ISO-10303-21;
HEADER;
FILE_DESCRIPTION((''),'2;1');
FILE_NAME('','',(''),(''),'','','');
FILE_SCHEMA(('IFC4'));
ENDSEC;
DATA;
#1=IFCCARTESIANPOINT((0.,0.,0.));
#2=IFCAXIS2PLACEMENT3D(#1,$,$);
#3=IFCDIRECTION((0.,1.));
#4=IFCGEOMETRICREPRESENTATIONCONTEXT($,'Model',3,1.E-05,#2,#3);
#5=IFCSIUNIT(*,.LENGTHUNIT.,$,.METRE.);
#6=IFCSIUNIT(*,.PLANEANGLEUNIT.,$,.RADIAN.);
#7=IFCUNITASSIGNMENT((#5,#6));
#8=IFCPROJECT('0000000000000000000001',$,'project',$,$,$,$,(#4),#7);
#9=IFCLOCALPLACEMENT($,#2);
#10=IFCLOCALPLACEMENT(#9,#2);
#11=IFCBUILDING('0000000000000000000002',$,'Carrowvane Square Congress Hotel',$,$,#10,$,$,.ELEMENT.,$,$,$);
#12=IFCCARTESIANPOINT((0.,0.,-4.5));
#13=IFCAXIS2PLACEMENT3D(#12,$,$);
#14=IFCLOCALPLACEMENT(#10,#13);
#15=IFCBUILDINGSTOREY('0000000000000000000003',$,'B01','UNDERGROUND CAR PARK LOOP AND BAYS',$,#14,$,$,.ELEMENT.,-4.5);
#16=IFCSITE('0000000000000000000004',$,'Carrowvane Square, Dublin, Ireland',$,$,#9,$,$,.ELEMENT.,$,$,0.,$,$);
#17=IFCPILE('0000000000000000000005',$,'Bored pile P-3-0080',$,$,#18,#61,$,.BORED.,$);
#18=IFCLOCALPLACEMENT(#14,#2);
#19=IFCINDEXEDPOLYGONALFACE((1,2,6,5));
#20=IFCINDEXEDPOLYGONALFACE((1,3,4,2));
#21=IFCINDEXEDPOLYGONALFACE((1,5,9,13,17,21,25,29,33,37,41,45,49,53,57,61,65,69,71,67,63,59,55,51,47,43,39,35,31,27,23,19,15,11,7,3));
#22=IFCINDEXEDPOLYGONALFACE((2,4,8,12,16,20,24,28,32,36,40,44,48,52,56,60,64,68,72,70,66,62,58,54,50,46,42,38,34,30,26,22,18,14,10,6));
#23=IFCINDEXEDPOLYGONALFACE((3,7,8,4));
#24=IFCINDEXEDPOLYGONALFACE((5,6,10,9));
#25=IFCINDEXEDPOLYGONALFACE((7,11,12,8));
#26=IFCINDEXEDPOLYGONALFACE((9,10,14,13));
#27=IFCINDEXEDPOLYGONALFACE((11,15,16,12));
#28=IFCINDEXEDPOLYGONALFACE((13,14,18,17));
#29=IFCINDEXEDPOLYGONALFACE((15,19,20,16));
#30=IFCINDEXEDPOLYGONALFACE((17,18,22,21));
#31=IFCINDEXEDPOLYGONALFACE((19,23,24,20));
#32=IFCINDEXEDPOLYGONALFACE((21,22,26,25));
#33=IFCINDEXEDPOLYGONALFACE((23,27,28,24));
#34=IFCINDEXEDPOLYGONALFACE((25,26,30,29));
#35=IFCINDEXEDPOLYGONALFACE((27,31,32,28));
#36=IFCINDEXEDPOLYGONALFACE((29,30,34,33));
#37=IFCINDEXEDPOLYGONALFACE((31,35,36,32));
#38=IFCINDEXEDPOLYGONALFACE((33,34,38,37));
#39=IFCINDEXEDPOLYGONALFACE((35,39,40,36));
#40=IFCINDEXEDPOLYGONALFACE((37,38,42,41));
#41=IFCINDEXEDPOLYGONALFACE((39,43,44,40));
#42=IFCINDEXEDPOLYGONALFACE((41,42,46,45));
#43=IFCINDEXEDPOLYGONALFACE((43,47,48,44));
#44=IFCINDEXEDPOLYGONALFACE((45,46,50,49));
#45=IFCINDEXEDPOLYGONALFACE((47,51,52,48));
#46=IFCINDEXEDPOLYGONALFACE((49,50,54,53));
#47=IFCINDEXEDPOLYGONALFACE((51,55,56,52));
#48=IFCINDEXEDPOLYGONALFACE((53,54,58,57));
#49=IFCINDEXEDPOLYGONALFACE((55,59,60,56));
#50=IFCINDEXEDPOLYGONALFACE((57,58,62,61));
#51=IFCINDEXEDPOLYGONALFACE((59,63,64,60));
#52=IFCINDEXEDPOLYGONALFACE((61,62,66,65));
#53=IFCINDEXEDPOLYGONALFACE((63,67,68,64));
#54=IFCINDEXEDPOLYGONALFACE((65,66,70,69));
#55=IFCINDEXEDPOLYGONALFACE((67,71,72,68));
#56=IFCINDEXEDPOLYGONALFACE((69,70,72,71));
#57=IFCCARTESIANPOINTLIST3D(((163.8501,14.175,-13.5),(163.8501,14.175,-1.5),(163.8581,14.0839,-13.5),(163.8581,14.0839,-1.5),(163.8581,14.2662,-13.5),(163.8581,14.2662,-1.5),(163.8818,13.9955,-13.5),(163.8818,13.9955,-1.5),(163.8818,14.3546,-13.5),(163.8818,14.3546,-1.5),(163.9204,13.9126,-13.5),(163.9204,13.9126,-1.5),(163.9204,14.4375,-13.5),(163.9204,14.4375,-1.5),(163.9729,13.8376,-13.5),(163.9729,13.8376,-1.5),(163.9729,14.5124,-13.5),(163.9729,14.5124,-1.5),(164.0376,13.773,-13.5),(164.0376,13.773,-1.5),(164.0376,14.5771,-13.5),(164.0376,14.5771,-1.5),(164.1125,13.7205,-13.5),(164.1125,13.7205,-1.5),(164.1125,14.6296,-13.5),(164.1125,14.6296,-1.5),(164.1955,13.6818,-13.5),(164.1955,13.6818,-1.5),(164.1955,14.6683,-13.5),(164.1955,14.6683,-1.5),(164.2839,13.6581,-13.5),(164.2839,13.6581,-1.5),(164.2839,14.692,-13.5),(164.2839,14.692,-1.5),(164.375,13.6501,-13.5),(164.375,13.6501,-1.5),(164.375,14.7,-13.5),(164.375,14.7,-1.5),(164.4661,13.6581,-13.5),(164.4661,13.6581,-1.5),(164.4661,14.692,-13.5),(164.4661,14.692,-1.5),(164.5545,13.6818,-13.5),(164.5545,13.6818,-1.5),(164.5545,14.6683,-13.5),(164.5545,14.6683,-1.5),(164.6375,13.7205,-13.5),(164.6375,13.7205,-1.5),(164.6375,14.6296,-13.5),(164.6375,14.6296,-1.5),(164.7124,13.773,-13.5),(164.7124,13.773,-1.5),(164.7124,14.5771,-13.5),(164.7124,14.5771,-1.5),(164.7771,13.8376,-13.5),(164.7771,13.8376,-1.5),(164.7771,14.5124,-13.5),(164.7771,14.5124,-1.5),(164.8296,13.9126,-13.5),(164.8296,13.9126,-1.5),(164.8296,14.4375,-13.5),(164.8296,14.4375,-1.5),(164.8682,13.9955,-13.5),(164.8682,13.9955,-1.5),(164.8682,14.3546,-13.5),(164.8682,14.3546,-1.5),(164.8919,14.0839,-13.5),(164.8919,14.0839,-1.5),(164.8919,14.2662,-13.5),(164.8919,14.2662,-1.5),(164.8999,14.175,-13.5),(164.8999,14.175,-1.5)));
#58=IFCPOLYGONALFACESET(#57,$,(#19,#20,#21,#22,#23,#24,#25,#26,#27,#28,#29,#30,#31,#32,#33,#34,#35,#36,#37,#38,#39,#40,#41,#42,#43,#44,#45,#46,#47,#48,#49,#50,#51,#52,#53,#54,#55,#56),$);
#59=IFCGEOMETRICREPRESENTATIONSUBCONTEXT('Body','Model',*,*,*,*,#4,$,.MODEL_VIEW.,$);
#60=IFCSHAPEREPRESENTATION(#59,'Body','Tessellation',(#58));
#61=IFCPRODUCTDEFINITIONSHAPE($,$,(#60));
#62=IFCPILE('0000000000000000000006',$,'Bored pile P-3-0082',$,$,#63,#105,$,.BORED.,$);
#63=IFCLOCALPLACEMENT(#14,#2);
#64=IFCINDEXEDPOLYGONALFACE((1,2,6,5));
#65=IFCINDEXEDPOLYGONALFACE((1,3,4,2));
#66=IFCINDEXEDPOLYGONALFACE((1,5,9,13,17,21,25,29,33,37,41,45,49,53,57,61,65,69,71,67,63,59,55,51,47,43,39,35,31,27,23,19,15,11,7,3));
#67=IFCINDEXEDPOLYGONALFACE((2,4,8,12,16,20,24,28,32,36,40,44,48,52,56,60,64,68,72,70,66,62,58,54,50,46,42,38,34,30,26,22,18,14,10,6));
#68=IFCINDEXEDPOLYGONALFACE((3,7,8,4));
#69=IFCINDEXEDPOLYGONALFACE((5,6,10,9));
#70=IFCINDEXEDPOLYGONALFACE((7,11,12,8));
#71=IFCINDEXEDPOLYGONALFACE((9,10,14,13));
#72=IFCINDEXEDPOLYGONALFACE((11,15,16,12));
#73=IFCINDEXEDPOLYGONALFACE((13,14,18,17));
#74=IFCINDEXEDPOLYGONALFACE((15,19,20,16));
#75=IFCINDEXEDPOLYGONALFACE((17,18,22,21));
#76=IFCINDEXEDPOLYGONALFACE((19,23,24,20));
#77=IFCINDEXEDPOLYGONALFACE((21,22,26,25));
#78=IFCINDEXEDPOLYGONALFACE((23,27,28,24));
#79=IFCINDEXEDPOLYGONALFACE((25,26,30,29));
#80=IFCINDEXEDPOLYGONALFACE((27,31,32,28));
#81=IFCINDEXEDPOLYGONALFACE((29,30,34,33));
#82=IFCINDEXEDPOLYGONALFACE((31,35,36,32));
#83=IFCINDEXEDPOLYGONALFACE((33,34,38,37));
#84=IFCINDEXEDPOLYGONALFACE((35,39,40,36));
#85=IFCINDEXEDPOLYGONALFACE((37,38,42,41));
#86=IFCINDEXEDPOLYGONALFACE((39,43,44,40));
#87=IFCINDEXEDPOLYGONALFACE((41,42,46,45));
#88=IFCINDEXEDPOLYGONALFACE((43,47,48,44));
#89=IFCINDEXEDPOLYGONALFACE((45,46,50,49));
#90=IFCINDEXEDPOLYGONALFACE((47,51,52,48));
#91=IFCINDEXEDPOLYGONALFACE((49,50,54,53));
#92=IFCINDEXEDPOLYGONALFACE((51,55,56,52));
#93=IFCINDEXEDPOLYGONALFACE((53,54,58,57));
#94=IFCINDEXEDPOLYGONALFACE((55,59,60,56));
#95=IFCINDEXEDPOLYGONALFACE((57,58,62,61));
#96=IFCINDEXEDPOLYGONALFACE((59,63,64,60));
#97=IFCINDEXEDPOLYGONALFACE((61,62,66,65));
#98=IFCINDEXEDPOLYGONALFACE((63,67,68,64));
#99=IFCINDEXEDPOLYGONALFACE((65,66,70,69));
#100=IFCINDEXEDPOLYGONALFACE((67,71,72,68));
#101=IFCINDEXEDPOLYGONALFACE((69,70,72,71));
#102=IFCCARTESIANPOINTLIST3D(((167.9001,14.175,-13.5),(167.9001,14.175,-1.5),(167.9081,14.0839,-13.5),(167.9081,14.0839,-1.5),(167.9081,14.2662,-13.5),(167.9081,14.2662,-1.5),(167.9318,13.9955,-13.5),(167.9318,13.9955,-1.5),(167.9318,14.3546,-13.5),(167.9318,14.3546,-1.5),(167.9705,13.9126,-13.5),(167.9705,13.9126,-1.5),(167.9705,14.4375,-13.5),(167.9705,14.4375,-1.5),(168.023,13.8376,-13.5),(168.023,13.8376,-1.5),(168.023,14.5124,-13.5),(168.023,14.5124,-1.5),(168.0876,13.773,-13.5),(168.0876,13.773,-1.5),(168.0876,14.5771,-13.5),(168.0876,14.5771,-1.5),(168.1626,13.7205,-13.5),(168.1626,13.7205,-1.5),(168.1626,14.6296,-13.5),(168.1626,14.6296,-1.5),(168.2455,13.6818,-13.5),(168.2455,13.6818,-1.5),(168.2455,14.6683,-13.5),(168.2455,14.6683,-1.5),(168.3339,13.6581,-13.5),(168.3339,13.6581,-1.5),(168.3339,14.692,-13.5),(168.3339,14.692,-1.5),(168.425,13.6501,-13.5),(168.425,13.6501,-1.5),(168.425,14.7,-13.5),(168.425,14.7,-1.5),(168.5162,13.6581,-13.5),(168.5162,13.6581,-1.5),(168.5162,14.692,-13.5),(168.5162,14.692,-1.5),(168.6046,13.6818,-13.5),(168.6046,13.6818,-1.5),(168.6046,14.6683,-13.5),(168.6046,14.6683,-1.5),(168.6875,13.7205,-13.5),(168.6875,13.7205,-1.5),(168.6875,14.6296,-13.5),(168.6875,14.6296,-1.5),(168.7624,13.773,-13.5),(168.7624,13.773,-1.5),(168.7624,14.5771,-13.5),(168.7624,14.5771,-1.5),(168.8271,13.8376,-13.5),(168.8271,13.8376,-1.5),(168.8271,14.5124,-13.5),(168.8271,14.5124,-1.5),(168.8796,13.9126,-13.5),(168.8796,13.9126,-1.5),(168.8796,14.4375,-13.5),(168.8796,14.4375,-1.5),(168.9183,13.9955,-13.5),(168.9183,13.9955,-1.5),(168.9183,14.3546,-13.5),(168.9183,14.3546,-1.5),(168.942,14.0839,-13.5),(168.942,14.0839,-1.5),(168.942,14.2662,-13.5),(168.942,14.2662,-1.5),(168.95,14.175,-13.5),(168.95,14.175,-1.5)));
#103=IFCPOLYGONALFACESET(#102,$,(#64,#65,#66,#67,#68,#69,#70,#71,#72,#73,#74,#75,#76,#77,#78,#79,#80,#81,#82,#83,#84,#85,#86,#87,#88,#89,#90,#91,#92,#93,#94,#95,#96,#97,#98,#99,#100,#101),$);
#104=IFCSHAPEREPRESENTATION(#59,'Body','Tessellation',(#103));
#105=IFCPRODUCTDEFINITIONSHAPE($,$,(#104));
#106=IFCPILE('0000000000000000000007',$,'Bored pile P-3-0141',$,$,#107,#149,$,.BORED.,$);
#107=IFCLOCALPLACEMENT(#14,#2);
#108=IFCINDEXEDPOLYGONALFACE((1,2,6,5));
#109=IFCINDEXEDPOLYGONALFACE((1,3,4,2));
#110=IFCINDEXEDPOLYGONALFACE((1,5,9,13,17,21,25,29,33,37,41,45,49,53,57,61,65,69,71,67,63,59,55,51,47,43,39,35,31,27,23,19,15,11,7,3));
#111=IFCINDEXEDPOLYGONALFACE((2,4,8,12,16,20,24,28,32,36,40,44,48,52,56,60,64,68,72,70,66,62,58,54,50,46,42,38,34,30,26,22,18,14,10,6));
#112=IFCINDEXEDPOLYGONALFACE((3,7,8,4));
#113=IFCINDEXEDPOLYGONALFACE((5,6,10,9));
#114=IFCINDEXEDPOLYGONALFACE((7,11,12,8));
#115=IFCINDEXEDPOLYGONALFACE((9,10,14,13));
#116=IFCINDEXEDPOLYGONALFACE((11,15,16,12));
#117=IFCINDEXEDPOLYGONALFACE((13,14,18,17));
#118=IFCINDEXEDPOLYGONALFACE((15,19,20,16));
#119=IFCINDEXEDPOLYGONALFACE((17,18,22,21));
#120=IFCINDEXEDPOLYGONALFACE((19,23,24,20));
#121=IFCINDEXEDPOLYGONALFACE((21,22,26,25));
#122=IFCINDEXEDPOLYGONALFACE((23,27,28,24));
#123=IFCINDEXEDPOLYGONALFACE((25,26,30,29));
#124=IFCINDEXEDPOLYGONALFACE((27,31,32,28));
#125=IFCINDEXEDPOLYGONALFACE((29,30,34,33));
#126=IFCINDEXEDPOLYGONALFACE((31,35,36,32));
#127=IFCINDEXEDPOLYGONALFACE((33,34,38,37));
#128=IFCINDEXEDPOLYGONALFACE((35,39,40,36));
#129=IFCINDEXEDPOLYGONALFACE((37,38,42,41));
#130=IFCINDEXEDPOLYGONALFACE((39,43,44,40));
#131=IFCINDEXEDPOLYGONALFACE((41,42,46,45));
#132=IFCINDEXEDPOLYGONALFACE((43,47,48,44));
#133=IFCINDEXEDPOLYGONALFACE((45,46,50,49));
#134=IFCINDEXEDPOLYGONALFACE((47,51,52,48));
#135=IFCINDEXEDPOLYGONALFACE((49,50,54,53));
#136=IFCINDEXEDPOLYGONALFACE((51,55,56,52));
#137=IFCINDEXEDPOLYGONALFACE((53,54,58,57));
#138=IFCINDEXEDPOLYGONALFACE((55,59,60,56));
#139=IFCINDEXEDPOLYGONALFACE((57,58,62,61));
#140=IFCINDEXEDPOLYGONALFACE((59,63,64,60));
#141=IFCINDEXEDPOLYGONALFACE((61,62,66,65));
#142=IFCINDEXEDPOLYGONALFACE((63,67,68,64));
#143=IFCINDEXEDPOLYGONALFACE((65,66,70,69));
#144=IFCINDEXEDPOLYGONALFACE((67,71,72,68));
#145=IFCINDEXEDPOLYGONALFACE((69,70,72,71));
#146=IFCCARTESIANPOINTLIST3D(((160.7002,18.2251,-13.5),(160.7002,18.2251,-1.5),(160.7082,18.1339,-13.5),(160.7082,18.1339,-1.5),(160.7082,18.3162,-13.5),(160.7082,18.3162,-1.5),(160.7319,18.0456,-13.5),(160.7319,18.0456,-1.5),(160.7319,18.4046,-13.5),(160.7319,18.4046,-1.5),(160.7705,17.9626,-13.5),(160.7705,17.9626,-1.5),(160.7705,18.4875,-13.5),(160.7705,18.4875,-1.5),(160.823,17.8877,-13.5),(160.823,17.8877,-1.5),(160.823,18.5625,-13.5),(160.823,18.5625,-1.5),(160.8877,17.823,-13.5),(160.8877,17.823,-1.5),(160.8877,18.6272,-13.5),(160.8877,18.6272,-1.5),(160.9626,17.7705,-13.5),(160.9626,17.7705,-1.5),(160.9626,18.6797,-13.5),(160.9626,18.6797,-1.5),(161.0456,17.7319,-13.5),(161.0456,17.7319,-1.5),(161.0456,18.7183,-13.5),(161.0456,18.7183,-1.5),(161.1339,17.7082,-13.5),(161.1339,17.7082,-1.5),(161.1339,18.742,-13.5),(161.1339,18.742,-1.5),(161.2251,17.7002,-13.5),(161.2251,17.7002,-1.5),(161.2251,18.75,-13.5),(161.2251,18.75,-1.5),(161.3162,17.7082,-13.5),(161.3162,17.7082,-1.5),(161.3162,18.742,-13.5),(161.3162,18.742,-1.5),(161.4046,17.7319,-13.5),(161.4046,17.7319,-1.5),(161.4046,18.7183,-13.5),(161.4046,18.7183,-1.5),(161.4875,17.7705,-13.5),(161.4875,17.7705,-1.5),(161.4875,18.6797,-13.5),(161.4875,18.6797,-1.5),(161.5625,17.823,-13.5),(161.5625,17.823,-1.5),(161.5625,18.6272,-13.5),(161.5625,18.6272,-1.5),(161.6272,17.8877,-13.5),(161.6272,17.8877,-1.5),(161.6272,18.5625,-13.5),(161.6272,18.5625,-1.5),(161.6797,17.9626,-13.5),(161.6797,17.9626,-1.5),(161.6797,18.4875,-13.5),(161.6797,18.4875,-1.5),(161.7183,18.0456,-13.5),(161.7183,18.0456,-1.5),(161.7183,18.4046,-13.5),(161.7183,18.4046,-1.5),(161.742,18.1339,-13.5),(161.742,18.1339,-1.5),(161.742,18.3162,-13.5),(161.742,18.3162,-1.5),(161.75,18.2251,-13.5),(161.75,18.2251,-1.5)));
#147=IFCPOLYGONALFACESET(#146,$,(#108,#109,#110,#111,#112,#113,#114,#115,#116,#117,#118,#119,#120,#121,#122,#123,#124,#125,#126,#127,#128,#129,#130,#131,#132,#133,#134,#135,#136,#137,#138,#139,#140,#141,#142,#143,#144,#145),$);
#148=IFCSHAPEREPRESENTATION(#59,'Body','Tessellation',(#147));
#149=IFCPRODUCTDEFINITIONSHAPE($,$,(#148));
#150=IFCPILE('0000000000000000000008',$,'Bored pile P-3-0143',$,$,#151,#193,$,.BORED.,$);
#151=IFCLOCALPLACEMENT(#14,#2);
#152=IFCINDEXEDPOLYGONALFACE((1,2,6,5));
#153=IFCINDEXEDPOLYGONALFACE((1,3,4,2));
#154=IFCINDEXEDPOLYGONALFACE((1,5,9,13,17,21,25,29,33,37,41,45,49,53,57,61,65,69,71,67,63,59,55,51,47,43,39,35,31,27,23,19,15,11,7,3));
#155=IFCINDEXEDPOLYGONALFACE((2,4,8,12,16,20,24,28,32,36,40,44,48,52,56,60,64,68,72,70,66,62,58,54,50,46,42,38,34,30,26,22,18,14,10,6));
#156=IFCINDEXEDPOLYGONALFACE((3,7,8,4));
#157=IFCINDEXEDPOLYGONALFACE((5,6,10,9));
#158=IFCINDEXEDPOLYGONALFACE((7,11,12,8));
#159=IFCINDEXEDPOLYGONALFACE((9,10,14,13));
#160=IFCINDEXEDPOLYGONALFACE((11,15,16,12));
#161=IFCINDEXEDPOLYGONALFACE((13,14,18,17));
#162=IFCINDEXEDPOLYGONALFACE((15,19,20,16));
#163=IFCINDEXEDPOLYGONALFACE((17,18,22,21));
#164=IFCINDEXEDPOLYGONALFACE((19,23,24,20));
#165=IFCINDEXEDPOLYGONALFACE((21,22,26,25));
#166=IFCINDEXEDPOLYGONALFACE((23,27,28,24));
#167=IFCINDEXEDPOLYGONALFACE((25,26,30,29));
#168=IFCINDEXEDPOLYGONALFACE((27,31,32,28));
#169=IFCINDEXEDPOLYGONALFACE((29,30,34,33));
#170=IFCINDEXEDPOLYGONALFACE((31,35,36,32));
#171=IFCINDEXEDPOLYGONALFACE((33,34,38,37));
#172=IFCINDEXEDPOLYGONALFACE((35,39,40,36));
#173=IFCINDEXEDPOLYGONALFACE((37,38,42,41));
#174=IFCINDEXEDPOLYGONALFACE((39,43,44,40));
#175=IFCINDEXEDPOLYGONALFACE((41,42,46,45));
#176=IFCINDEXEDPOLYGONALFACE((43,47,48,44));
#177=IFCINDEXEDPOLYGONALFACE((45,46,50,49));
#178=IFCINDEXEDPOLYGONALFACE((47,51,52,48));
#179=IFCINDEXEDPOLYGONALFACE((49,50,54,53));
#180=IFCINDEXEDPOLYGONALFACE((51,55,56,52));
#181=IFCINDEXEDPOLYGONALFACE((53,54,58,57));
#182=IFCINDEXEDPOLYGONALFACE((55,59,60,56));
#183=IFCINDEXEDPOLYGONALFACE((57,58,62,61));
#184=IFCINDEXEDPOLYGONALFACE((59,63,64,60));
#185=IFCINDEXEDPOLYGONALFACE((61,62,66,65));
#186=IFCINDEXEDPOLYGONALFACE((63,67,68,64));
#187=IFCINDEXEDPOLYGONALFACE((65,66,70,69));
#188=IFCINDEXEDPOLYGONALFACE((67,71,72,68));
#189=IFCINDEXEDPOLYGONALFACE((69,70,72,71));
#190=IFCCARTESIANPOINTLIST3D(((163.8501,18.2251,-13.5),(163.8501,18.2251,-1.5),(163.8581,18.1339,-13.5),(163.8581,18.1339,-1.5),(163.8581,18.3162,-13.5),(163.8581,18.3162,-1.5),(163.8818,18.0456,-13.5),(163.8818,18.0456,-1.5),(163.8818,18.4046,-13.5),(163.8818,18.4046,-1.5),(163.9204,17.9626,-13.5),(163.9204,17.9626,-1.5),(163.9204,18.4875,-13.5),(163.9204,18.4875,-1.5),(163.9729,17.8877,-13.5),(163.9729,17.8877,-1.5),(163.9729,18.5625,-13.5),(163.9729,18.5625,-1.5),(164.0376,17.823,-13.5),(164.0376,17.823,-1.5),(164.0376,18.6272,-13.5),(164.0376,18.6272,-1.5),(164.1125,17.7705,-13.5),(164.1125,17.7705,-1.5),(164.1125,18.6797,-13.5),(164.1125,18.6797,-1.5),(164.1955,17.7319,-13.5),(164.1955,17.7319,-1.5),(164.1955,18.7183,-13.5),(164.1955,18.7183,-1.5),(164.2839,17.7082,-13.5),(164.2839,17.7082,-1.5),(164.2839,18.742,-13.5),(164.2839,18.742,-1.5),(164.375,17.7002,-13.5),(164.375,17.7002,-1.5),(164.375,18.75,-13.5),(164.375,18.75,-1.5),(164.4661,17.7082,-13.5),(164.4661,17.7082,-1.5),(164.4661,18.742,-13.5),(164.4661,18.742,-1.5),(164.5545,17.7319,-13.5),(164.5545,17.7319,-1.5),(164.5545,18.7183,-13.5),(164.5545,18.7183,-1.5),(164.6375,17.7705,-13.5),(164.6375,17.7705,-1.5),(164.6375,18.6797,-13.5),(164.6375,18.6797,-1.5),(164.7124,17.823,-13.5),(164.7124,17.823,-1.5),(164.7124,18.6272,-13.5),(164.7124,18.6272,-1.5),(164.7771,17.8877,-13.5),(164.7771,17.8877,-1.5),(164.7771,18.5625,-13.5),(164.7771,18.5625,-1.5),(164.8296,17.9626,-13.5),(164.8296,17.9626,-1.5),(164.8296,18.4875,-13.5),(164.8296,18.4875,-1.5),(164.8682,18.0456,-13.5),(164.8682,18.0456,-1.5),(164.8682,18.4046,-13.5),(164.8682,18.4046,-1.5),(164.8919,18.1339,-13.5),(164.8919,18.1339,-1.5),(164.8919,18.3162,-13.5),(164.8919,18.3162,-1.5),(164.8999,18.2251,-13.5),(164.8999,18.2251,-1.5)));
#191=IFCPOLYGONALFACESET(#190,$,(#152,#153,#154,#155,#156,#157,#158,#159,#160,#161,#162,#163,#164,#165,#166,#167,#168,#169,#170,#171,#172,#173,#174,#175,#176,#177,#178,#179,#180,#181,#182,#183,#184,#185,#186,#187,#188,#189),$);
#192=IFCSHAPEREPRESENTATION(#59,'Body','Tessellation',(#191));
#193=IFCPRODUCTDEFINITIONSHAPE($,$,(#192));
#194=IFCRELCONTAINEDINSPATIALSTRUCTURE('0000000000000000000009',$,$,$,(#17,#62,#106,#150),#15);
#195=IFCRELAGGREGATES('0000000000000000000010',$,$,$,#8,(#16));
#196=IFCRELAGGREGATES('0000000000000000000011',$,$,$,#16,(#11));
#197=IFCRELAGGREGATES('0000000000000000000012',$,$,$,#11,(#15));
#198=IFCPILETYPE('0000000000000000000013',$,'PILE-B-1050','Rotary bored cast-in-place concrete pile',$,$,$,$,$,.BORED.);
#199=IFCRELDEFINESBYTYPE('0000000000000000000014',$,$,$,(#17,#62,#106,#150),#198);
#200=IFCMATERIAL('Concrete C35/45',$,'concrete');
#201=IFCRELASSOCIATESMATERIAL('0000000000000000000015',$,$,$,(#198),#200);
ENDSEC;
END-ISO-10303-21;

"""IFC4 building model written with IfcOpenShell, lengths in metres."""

from ifc_helpers import new_model, si_unit, direction, frame, origin, origin_2d, place, context, subcontext, project, spatial, circle, extrude, material, material_profile, profile_set, type_object, element, save


model = new_model("IFC4")

# Units and contexts
model_context = context("Model", 3, precision=1e-05, world=origin(), true_north=direction((0.0, 1.0)))
body_context = subcontext(model_context, "Body", "Model", "MODEL_VIEW")
ifc_project = project(units=[si_unit("LENGTHUNIT", "METRE"), si_unit("PLANEANGLEUNIT", "RADIAN")], contexts=[model_context])

# Site, building, storey
site_placement = place(None, origin())
site = spatial("IfcSite", under=ifc_project, at=site_placement, Name="Carrowvane Square, Dublin, Ireland", CompositionType="ELEMENT", RefElevation=0.0)
building_placement = place(site_placement, origin())
building = spatial("IfcBuilding", under=site, at=building_placement, Name="Carrowvane Square Congress Hotel", CompositionType="ELEMENT")
storey_placement = place(building_placement, frame((0.0, 0.0, -4.5)))
storey = spatial("IfcBuildingStorey", under=building, at=storey_placement, Name="B01", Description="UNDERGROUND CAR PARK LOOP AND BAYS", CompositionType="ELEMENT", Elevation=-4.5)

# Piles
ifc_material_1 = material(Name="Concrete C35/45", Category="concrete")
ifc_material_profile_1 = material_profile(ifc_material_1, circle(Radius=0.5249, at=origin_2d()), Name="PILE D1050")
ifc_profile_set_1 = profile_set([ifc_material_profile_1], Name="Concrete C35/45")
pile_type = type_object("IfcPileType", Name="PILE-B-1050", Description="Rotary bored cast-in-place concrete pile", PredefinedType="BORED", material=ifc_profile_set_1)
for number, where, z_axis, x_axis, name in (
    (1, (164.375, 14.175, -1.5), (0.0, 0.0, -1.0), (1.0, 0.0, 0.0), "Bored pile P-3-0080"),
    (2, (168.425, 14.175, -1.5), (0.0, 0.0, -1.0), (1.0, 0.0, 0.0), "Bored pile P-3-0082"),
    (3, (161.2251, 18.2251, -1.5), (0.0, 0.0, -1.0), (1.0, 0.0, 0.0), "Bored pile P-3-0141"),
    (4, (164.375, 18.2251, -1.5), (0.0, 0.0, -1.0), (1.0, 0.0, 0.0), "Bored pile P-3-0143"),
):
    element("IfcPile", number, at=place(storey_placement, frame(where, z_axis=z_axis, x_axis=x_axis)), inside=storey, type_object=pile_type, Name=name, PredefinedType="BORED", context=body_context, shape_type="SweptSolid", body=[
        extrude(circle(Radius=0.5249, at=origin_2d()), origin(), (0.0, 0.0, 1.0), 12.0),
    ])

save(model, "model.ifc")
